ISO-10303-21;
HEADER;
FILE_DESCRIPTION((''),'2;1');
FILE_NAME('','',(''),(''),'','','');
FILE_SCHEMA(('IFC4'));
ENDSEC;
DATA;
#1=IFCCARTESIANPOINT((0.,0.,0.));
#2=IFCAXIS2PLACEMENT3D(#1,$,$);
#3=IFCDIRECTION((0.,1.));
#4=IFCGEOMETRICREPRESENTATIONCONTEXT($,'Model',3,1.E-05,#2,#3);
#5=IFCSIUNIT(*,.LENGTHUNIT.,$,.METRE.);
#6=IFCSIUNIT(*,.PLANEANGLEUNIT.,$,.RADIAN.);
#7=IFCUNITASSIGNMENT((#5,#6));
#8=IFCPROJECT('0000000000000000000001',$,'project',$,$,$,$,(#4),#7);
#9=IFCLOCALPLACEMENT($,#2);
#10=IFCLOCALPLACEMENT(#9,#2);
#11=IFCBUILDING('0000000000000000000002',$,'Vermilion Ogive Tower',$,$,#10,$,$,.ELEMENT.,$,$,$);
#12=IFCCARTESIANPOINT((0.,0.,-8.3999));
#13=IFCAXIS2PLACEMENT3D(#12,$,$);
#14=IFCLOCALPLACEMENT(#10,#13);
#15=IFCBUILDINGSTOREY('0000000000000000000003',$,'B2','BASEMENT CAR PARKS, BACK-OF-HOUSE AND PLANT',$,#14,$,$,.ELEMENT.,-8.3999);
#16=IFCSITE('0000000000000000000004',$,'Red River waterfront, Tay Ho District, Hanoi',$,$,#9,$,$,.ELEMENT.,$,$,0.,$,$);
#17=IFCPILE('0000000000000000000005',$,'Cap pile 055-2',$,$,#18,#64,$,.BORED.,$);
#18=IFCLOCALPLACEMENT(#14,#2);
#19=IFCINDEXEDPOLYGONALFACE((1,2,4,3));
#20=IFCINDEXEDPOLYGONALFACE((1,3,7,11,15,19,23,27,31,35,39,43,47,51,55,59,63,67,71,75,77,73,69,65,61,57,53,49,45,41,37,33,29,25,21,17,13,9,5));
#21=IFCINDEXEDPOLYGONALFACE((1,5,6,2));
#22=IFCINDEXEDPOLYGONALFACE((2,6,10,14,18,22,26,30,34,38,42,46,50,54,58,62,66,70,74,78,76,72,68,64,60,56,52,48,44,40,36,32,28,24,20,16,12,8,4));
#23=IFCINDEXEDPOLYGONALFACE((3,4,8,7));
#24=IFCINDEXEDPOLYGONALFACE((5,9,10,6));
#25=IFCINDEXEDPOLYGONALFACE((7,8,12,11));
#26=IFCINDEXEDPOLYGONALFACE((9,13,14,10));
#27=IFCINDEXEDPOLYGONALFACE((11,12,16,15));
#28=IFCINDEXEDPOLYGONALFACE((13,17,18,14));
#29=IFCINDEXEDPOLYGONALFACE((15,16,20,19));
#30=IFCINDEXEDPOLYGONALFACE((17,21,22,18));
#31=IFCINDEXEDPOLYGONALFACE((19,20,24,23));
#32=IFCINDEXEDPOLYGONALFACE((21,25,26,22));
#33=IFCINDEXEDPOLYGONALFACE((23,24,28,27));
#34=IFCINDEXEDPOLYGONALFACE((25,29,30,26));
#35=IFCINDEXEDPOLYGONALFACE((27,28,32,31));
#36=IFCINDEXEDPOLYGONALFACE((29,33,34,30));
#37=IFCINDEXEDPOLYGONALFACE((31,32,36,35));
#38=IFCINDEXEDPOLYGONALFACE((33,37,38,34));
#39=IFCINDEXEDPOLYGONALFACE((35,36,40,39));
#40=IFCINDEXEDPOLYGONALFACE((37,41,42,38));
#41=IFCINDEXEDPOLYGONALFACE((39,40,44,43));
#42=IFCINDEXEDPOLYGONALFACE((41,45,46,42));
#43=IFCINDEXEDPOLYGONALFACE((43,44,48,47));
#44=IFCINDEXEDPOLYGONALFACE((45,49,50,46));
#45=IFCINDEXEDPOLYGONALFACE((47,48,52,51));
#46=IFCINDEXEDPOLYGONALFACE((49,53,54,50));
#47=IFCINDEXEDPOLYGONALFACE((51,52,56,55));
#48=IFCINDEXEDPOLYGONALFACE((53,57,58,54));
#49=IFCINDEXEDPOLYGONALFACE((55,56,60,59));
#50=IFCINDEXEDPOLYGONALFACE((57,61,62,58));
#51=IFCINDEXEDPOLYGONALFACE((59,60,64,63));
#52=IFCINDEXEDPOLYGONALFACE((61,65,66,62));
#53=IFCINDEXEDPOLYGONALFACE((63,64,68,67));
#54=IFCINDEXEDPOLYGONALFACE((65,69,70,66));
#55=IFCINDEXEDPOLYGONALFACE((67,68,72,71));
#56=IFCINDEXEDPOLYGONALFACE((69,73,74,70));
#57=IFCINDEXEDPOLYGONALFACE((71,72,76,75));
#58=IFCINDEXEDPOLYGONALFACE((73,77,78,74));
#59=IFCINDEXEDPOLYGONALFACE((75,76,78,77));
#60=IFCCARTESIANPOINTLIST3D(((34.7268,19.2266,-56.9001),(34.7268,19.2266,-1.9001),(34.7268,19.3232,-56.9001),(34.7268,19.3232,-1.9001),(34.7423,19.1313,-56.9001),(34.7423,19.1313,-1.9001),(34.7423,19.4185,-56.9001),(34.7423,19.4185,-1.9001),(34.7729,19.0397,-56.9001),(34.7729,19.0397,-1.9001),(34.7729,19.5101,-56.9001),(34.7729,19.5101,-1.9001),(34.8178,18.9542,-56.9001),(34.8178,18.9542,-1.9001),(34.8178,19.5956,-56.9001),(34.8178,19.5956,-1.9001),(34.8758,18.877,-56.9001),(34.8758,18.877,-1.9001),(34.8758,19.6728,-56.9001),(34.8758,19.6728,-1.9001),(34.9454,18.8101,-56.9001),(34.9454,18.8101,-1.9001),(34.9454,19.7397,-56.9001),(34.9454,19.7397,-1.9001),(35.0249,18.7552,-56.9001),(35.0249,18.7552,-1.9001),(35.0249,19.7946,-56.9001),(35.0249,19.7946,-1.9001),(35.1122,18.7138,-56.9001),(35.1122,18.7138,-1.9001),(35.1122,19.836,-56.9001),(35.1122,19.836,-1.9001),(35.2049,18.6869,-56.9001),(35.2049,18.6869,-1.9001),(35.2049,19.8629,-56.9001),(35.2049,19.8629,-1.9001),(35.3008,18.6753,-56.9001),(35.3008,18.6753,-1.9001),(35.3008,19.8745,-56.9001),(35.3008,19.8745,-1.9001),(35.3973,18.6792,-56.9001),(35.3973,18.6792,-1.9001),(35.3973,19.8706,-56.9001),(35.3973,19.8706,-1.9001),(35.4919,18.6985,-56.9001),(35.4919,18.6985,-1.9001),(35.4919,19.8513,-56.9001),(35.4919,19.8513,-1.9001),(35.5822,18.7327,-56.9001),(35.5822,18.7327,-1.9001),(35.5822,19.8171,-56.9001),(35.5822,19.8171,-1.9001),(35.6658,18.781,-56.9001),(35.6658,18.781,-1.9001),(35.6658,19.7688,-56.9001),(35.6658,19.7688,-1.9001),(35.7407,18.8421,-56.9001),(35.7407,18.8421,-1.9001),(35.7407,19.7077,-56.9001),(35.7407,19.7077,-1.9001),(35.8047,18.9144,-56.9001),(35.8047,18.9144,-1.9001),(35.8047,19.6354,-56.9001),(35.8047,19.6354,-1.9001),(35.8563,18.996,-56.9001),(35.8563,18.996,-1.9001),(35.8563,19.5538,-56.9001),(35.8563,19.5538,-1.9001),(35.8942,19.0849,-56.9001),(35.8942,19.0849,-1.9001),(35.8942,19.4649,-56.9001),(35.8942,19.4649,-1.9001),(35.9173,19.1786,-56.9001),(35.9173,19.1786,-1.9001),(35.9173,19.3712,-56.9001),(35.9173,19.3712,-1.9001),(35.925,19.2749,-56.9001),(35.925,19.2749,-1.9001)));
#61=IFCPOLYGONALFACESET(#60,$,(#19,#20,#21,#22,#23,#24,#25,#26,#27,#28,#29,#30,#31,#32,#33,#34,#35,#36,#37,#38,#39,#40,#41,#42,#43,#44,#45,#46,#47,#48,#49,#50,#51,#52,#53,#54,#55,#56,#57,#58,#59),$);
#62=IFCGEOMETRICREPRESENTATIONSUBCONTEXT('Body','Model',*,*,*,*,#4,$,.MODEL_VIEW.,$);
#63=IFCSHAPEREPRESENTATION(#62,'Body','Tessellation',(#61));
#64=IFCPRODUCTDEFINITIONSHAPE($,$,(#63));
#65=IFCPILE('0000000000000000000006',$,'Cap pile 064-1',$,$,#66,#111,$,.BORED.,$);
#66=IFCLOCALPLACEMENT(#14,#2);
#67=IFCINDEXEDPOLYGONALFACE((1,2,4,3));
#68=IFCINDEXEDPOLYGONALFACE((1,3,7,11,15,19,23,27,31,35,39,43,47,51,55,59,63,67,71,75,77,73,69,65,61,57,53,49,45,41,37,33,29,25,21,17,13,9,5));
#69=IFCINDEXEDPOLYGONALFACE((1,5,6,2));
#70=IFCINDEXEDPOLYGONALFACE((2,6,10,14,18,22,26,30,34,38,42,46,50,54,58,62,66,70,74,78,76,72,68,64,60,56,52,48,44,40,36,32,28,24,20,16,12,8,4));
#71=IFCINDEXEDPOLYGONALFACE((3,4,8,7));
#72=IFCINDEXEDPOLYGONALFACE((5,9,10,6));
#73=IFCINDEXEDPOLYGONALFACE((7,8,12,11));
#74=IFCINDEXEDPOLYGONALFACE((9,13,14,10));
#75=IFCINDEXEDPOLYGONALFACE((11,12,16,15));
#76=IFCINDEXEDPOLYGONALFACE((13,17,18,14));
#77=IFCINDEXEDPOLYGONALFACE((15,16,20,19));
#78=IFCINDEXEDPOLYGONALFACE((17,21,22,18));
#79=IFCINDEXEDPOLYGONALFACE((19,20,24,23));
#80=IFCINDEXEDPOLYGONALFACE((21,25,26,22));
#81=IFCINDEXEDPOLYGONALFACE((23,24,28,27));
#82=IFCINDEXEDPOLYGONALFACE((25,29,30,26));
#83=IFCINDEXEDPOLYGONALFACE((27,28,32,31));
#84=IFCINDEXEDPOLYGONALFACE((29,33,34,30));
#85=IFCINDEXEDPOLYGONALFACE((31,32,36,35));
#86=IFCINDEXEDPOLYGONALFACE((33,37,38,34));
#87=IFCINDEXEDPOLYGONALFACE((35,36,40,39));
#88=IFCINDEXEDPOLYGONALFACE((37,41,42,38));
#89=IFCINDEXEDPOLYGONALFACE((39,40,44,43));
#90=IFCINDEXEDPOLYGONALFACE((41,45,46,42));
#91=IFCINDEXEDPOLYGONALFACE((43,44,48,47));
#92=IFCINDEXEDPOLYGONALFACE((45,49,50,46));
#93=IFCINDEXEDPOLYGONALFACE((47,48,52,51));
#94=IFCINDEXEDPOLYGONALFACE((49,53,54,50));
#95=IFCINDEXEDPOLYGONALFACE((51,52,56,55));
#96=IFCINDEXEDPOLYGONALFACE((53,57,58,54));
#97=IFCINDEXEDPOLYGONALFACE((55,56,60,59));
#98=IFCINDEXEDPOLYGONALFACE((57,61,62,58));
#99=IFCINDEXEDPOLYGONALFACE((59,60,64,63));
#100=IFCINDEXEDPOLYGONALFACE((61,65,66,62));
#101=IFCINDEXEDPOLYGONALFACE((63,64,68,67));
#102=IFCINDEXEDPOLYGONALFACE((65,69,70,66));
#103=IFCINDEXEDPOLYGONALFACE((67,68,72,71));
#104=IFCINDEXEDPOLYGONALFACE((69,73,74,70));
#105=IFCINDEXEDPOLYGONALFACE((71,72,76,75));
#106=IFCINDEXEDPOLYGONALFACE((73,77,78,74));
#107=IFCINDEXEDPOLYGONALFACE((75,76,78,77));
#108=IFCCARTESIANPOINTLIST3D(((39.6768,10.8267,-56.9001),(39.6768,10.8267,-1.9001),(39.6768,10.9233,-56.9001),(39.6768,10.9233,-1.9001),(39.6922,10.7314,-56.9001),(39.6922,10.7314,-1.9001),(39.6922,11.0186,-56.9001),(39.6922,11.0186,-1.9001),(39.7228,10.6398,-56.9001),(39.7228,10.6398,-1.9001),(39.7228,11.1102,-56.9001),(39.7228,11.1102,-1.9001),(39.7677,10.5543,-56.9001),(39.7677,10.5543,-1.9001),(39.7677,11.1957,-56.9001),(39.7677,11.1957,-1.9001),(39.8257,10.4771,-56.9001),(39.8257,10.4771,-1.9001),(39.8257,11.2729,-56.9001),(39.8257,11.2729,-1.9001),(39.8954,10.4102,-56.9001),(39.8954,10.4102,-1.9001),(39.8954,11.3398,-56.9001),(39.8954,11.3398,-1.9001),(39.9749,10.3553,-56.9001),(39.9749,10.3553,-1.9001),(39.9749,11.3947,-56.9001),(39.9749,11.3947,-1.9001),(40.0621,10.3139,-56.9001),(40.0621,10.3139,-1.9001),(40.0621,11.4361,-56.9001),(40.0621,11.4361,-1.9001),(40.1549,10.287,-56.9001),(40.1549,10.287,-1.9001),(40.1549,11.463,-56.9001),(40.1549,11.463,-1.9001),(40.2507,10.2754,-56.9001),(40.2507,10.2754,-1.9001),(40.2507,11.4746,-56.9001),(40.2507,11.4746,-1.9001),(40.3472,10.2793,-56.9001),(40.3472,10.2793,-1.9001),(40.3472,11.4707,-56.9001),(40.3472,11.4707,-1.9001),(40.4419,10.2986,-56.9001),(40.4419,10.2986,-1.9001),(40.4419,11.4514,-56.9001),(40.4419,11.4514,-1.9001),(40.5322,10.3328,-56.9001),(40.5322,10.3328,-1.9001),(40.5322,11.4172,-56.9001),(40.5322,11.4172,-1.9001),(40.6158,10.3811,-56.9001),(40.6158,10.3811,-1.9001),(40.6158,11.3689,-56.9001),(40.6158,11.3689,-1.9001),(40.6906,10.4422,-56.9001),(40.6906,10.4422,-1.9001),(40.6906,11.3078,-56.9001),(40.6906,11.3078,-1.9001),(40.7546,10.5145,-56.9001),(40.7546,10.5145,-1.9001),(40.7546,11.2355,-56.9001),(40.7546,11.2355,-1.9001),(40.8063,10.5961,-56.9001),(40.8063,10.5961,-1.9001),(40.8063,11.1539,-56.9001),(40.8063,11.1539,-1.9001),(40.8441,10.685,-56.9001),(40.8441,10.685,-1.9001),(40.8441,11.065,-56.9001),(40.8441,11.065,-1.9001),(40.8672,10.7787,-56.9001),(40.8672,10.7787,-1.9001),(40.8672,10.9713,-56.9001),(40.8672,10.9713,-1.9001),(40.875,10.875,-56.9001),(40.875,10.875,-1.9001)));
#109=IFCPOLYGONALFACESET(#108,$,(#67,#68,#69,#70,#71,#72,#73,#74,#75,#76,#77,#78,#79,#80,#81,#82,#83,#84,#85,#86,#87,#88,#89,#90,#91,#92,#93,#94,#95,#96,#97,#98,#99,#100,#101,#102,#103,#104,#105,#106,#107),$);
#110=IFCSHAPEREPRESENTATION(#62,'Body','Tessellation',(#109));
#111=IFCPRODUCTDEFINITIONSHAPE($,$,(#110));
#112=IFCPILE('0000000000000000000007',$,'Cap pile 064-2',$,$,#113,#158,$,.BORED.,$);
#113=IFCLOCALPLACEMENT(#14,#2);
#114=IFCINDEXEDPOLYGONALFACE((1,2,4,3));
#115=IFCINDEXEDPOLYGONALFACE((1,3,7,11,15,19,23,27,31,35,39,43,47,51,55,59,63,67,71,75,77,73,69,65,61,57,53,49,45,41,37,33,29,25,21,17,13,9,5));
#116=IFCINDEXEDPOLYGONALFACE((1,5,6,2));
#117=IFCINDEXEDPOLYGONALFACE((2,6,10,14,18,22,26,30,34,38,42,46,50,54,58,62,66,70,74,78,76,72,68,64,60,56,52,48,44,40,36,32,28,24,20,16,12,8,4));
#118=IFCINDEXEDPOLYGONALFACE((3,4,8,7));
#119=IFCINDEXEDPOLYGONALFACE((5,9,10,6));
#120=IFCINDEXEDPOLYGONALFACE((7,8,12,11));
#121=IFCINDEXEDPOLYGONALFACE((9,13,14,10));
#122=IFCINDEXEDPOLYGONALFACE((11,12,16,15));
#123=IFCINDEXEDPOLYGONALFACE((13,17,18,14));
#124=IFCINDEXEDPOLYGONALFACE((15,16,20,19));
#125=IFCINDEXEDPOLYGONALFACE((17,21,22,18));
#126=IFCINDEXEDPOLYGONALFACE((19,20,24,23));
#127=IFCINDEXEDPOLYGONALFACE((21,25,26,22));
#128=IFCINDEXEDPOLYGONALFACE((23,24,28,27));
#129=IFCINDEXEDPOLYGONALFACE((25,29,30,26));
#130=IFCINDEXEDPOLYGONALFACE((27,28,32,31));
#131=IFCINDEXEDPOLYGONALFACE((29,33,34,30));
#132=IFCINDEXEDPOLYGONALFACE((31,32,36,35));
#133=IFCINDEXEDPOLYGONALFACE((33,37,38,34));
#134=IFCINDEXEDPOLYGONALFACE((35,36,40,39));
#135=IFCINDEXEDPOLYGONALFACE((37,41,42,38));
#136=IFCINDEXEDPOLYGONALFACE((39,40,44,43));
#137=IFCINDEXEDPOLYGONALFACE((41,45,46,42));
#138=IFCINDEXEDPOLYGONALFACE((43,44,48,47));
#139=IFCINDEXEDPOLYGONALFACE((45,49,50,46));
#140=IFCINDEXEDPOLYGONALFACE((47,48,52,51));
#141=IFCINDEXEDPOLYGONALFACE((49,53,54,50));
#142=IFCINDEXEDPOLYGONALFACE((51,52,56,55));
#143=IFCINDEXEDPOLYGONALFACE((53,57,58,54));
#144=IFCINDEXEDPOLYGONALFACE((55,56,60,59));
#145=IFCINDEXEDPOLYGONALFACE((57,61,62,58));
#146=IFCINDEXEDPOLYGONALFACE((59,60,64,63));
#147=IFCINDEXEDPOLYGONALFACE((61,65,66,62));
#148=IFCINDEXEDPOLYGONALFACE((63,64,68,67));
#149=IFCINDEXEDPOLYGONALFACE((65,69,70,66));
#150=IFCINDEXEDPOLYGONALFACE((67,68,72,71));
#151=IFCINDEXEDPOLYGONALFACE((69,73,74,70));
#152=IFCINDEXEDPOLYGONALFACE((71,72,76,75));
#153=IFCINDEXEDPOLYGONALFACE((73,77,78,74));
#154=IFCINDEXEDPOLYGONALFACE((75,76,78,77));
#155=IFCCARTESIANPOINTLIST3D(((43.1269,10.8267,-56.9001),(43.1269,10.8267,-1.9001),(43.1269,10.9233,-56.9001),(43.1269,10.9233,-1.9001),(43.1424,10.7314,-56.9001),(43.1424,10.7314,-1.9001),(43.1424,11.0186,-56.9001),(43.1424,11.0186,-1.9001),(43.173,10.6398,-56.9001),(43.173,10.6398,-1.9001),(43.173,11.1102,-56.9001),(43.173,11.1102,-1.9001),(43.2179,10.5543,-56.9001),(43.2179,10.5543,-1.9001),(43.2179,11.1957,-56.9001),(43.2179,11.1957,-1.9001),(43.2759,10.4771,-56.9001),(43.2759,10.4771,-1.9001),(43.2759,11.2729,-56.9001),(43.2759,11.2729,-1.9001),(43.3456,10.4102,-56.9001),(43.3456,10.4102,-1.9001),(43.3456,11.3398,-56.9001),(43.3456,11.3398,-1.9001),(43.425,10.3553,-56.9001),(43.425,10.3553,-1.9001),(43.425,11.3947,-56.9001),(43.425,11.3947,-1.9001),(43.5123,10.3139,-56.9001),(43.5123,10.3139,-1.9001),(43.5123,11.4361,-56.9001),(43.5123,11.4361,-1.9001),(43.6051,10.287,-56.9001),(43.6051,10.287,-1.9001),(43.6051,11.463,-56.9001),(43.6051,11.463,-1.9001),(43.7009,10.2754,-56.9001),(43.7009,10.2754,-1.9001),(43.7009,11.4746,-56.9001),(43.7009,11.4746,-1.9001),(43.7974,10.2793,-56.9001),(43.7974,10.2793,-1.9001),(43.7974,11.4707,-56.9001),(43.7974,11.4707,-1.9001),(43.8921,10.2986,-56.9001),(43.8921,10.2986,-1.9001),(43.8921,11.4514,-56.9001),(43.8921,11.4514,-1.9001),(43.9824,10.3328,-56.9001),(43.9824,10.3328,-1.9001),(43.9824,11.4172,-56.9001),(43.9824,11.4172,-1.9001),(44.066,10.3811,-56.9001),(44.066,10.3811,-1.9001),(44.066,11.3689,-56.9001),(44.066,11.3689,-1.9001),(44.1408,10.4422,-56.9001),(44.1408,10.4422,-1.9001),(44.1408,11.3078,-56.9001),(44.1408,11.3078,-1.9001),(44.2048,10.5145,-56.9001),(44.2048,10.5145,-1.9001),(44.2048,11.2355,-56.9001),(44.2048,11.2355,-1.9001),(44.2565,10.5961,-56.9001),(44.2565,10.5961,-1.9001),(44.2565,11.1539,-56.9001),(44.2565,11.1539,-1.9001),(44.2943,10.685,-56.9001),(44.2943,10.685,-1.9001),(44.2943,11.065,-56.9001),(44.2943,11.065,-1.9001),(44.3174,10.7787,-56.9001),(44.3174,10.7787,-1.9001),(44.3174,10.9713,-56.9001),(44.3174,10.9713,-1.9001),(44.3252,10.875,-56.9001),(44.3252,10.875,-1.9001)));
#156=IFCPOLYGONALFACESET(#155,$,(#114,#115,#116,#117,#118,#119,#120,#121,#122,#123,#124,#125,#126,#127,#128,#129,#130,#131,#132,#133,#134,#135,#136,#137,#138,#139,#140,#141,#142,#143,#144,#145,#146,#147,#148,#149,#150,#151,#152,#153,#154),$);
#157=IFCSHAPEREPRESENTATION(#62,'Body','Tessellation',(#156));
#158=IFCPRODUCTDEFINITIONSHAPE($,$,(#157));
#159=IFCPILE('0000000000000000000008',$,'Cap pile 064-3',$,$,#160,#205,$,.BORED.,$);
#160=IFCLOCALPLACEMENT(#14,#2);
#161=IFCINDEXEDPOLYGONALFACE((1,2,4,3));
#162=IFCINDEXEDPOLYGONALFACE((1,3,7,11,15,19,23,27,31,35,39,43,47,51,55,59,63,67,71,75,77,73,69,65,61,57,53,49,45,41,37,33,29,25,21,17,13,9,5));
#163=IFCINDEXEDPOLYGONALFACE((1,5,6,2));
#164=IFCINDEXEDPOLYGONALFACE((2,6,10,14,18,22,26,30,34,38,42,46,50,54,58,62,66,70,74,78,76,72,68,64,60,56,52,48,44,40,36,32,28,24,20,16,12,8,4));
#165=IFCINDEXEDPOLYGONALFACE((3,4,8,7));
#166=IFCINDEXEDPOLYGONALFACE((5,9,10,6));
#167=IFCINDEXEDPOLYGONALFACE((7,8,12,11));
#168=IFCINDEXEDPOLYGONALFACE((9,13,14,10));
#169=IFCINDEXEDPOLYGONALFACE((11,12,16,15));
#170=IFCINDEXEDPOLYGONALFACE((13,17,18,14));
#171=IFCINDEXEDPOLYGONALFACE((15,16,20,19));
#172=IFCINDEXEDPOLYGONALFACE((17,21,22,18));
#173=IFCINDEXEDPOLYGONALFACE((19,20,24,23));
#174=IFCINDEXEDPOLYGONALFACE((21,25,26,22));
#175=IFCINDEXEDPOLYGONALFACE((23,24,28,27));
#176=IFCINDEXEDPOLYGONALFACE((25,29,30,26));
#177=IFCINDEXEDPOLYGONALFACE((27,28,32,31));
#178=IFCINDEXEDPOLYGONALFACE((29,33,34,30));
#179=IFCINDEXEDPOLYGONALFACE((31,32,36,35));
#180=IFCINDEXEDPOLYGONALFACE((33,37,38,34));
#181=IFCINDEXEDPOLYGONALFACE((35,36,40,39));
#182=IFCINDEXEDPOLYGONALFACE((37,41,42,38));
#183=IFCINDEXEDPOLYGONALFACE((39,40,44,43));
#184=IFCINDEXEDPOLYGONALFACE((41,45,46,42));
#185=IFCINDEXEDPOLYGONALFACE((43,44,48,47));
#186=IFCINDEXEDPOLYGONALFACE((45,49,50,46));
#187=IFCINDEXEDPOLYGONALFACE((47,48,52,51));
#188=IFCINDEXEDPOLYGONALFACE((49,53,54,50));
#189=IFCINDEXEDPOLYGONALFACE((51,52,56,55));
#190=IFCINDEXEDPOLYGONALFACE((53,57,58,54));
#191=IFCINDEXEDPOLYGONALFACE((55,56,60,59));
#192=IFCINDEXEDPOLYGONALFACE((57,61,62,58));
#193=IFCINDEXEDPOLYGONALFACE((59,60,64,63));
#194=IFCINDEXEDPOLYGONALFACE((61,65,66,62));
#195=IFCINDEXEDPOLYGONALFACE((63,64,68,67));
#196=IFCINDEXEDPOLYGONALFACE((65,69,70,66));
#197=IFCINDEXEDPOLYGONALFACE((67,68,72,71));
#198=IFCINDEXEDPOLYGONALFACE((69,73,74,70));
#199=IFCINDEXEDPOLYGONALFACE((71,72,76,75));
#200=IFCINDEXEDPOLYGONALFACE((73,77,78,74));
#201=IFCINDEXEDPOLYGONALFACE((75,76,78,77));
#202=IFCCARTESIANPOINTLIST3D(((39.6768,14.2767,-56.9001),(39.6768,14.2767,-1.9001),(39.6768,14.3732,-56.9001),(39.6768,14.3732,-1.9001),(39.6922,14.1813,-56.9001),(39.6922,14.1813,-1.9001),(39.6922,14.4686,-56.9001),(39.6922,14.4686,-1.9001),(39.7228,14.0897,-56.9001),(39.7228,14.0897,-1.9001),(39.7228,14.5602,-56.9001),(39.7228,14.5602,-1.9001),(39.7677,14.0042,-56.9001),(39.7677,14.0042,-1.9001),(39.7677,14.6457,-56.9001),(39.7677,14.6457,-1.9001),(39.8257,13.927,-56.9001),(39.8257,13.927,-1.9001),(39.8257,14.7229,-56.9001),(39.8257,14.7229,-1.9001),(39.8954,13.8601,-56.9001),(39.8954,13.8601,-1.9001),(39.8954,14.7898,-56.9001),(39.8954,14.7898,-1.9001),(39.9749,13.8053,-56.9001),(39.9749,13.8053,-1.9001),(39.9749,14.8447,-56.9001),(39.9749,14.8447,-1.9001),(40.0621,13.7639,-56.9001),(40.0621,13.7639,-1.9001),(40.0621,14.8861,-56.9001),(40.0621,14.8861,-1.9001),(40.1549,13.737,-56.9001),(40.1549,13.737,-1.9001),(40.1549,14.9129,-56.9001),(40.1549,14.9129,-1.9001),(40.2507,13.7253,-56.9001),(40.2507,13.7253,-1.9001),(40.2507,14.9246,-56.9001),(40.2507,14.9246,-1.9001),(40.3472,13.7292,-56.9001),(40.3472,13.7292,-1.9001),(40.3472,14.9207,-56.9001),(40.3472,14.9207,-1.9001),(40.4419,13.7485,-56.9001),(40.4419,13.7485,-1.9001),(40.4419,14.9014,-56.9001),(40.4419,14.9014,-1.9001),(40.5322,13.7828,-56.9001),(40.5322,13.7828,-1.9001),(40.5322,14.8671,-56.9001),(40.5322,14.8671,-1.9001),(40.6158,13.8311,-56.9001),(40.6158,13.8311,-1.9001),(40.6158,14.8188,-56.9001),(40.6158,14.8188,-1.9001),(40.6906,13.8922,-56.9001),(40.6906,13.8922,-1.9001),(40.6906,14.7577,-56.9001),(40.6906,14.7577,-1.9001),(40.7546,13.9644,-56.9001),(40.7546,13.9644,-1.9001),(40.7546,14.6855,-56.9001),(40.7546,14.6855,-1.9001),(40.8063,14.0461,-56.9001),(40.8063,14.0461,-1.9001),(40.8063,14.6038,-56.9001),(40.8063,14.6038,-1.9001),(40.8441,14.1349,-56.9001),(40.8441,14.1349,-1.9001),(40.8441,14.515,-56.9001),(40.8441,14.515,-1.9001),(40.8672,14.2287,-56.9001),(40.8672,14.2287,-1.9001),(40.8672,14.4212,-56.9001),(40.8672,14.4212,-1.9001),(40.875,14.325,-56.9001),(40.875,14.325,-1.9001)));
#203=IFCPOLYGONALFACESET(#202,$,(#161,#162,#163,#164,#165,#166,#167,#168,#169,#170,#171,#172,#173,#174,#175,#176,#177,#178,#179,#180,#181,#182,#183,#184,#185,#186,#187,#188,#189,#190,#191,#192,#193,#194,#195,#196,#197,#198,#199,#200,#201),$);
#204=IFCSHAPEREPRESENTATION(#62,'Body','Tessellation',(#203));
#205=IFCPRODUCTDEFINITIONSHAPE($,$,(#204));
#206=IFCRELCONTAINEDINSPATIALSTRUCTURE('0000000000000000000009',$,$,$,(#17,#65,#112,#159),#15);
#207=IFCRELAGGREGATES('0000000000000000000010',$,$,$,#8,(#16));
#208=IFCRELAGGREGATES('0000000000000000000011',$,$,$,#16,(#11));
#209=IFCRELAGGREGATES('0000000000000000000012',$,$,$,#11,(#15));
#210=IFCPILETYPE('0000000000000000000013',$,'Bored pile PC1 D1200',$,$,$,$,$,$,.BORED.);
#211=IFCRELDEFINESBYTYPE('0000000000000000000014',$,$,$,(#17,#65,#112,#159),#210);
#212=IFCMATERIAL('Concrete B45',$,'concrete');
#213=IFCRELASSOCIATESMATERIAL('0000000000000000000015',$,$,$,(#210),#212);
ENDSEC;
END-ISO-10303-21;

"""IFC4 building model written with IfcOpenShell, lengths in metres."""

from ifc_helpers import new_model, si_unit, direction, frame, origin, origin_2d, place, context, subcontext, project, spatial, circle, extrude, material, type_object, element, save


model = new_model("IFC4")

# Units and contexts
model_context = context("Model", 3, precision=1e-05, world=origin(), true_north=direction((0.0, 1.0)))
body_context = subcontext(model_context, "Body", "Model", "MODEL_VIEW")
ifc_project = project(units=[si_unit("LENGTHUNIT", "METRE"), si_unit("PLANEANGLEUNIT", "RADIAN")], contexts=[model_context])

# Site, building, storey
site_placement = place(None, origin())
site = spatial("IfcSite", under=ifc_project, at=site_placement, Name="Red River waterfront, Tay Ho District, Hanoi", CompositionType="ELEMENT", RefElevation=0.0)
building_placement = place(site_placement, origin())
building = spatial("IfcBuilding", under=site, at=building_placement, Name="Vermilion Ogive Tower", CompositionType="ELEMENT")
storey_placement = place(building_placement, frame((0.0, 0.0, -8.3999)))
storey = spatial("IfcBuildingStorey", under=building, at=storey_placement, Name="B2", Description="BASEMENT CAR PARKS, BACK-OF-HOUSE AND PLANT", CompositionType="ELEMENT", Elevation=-8.3999)

# Piles
ifc_material_1 = material(Name="Concrete B45", Category="concrete")
pile_type_1 = type_object("IfcPileType", Name="Bored pile PC1 D1200", PredefinedType="BORED", material=ifc_material_1)
for number, where, z_axis, x_axis, name in (
    (1, (35.325, 19.2749, -1.9001), (0.0, 0.0, -1.0), (1.0, 0.0, 0.0), "Cap pile 055-2"),
    (2, (40.2749, 10.875, -1.9001), (0.0, 0.0, -1.0), (1.0, 0.0, 0.0), "Cap pile 064-1"),
    (3, (43.7251, 10.875, -1.9001), (0.0, 0.0, -1.0), (1.0, 0.0, 0.0), "Cap pile 064-2"),
    (4, (40.2749, 14.325, -1.9001), (0.0, 0.0, -1.0), (1.0, 0.0, 0.0), "Cap pile 064-3"),
):
    element("IfcPile", number, at=place(storey_placement, frame(where, z_axis=z_axis, x_axis=x_axis)), inside=storey, type_object=pile_type_1, Name=name, PredefinedType="BORED", context=body_context, shape_type="SweptSolid", body=[
        extrude(circle(Radius=0.6001, at=origin_2d()), origin(), (0.0, 0.0, 1.0), 55.0),
    ])

save(model, "model.ifc")
